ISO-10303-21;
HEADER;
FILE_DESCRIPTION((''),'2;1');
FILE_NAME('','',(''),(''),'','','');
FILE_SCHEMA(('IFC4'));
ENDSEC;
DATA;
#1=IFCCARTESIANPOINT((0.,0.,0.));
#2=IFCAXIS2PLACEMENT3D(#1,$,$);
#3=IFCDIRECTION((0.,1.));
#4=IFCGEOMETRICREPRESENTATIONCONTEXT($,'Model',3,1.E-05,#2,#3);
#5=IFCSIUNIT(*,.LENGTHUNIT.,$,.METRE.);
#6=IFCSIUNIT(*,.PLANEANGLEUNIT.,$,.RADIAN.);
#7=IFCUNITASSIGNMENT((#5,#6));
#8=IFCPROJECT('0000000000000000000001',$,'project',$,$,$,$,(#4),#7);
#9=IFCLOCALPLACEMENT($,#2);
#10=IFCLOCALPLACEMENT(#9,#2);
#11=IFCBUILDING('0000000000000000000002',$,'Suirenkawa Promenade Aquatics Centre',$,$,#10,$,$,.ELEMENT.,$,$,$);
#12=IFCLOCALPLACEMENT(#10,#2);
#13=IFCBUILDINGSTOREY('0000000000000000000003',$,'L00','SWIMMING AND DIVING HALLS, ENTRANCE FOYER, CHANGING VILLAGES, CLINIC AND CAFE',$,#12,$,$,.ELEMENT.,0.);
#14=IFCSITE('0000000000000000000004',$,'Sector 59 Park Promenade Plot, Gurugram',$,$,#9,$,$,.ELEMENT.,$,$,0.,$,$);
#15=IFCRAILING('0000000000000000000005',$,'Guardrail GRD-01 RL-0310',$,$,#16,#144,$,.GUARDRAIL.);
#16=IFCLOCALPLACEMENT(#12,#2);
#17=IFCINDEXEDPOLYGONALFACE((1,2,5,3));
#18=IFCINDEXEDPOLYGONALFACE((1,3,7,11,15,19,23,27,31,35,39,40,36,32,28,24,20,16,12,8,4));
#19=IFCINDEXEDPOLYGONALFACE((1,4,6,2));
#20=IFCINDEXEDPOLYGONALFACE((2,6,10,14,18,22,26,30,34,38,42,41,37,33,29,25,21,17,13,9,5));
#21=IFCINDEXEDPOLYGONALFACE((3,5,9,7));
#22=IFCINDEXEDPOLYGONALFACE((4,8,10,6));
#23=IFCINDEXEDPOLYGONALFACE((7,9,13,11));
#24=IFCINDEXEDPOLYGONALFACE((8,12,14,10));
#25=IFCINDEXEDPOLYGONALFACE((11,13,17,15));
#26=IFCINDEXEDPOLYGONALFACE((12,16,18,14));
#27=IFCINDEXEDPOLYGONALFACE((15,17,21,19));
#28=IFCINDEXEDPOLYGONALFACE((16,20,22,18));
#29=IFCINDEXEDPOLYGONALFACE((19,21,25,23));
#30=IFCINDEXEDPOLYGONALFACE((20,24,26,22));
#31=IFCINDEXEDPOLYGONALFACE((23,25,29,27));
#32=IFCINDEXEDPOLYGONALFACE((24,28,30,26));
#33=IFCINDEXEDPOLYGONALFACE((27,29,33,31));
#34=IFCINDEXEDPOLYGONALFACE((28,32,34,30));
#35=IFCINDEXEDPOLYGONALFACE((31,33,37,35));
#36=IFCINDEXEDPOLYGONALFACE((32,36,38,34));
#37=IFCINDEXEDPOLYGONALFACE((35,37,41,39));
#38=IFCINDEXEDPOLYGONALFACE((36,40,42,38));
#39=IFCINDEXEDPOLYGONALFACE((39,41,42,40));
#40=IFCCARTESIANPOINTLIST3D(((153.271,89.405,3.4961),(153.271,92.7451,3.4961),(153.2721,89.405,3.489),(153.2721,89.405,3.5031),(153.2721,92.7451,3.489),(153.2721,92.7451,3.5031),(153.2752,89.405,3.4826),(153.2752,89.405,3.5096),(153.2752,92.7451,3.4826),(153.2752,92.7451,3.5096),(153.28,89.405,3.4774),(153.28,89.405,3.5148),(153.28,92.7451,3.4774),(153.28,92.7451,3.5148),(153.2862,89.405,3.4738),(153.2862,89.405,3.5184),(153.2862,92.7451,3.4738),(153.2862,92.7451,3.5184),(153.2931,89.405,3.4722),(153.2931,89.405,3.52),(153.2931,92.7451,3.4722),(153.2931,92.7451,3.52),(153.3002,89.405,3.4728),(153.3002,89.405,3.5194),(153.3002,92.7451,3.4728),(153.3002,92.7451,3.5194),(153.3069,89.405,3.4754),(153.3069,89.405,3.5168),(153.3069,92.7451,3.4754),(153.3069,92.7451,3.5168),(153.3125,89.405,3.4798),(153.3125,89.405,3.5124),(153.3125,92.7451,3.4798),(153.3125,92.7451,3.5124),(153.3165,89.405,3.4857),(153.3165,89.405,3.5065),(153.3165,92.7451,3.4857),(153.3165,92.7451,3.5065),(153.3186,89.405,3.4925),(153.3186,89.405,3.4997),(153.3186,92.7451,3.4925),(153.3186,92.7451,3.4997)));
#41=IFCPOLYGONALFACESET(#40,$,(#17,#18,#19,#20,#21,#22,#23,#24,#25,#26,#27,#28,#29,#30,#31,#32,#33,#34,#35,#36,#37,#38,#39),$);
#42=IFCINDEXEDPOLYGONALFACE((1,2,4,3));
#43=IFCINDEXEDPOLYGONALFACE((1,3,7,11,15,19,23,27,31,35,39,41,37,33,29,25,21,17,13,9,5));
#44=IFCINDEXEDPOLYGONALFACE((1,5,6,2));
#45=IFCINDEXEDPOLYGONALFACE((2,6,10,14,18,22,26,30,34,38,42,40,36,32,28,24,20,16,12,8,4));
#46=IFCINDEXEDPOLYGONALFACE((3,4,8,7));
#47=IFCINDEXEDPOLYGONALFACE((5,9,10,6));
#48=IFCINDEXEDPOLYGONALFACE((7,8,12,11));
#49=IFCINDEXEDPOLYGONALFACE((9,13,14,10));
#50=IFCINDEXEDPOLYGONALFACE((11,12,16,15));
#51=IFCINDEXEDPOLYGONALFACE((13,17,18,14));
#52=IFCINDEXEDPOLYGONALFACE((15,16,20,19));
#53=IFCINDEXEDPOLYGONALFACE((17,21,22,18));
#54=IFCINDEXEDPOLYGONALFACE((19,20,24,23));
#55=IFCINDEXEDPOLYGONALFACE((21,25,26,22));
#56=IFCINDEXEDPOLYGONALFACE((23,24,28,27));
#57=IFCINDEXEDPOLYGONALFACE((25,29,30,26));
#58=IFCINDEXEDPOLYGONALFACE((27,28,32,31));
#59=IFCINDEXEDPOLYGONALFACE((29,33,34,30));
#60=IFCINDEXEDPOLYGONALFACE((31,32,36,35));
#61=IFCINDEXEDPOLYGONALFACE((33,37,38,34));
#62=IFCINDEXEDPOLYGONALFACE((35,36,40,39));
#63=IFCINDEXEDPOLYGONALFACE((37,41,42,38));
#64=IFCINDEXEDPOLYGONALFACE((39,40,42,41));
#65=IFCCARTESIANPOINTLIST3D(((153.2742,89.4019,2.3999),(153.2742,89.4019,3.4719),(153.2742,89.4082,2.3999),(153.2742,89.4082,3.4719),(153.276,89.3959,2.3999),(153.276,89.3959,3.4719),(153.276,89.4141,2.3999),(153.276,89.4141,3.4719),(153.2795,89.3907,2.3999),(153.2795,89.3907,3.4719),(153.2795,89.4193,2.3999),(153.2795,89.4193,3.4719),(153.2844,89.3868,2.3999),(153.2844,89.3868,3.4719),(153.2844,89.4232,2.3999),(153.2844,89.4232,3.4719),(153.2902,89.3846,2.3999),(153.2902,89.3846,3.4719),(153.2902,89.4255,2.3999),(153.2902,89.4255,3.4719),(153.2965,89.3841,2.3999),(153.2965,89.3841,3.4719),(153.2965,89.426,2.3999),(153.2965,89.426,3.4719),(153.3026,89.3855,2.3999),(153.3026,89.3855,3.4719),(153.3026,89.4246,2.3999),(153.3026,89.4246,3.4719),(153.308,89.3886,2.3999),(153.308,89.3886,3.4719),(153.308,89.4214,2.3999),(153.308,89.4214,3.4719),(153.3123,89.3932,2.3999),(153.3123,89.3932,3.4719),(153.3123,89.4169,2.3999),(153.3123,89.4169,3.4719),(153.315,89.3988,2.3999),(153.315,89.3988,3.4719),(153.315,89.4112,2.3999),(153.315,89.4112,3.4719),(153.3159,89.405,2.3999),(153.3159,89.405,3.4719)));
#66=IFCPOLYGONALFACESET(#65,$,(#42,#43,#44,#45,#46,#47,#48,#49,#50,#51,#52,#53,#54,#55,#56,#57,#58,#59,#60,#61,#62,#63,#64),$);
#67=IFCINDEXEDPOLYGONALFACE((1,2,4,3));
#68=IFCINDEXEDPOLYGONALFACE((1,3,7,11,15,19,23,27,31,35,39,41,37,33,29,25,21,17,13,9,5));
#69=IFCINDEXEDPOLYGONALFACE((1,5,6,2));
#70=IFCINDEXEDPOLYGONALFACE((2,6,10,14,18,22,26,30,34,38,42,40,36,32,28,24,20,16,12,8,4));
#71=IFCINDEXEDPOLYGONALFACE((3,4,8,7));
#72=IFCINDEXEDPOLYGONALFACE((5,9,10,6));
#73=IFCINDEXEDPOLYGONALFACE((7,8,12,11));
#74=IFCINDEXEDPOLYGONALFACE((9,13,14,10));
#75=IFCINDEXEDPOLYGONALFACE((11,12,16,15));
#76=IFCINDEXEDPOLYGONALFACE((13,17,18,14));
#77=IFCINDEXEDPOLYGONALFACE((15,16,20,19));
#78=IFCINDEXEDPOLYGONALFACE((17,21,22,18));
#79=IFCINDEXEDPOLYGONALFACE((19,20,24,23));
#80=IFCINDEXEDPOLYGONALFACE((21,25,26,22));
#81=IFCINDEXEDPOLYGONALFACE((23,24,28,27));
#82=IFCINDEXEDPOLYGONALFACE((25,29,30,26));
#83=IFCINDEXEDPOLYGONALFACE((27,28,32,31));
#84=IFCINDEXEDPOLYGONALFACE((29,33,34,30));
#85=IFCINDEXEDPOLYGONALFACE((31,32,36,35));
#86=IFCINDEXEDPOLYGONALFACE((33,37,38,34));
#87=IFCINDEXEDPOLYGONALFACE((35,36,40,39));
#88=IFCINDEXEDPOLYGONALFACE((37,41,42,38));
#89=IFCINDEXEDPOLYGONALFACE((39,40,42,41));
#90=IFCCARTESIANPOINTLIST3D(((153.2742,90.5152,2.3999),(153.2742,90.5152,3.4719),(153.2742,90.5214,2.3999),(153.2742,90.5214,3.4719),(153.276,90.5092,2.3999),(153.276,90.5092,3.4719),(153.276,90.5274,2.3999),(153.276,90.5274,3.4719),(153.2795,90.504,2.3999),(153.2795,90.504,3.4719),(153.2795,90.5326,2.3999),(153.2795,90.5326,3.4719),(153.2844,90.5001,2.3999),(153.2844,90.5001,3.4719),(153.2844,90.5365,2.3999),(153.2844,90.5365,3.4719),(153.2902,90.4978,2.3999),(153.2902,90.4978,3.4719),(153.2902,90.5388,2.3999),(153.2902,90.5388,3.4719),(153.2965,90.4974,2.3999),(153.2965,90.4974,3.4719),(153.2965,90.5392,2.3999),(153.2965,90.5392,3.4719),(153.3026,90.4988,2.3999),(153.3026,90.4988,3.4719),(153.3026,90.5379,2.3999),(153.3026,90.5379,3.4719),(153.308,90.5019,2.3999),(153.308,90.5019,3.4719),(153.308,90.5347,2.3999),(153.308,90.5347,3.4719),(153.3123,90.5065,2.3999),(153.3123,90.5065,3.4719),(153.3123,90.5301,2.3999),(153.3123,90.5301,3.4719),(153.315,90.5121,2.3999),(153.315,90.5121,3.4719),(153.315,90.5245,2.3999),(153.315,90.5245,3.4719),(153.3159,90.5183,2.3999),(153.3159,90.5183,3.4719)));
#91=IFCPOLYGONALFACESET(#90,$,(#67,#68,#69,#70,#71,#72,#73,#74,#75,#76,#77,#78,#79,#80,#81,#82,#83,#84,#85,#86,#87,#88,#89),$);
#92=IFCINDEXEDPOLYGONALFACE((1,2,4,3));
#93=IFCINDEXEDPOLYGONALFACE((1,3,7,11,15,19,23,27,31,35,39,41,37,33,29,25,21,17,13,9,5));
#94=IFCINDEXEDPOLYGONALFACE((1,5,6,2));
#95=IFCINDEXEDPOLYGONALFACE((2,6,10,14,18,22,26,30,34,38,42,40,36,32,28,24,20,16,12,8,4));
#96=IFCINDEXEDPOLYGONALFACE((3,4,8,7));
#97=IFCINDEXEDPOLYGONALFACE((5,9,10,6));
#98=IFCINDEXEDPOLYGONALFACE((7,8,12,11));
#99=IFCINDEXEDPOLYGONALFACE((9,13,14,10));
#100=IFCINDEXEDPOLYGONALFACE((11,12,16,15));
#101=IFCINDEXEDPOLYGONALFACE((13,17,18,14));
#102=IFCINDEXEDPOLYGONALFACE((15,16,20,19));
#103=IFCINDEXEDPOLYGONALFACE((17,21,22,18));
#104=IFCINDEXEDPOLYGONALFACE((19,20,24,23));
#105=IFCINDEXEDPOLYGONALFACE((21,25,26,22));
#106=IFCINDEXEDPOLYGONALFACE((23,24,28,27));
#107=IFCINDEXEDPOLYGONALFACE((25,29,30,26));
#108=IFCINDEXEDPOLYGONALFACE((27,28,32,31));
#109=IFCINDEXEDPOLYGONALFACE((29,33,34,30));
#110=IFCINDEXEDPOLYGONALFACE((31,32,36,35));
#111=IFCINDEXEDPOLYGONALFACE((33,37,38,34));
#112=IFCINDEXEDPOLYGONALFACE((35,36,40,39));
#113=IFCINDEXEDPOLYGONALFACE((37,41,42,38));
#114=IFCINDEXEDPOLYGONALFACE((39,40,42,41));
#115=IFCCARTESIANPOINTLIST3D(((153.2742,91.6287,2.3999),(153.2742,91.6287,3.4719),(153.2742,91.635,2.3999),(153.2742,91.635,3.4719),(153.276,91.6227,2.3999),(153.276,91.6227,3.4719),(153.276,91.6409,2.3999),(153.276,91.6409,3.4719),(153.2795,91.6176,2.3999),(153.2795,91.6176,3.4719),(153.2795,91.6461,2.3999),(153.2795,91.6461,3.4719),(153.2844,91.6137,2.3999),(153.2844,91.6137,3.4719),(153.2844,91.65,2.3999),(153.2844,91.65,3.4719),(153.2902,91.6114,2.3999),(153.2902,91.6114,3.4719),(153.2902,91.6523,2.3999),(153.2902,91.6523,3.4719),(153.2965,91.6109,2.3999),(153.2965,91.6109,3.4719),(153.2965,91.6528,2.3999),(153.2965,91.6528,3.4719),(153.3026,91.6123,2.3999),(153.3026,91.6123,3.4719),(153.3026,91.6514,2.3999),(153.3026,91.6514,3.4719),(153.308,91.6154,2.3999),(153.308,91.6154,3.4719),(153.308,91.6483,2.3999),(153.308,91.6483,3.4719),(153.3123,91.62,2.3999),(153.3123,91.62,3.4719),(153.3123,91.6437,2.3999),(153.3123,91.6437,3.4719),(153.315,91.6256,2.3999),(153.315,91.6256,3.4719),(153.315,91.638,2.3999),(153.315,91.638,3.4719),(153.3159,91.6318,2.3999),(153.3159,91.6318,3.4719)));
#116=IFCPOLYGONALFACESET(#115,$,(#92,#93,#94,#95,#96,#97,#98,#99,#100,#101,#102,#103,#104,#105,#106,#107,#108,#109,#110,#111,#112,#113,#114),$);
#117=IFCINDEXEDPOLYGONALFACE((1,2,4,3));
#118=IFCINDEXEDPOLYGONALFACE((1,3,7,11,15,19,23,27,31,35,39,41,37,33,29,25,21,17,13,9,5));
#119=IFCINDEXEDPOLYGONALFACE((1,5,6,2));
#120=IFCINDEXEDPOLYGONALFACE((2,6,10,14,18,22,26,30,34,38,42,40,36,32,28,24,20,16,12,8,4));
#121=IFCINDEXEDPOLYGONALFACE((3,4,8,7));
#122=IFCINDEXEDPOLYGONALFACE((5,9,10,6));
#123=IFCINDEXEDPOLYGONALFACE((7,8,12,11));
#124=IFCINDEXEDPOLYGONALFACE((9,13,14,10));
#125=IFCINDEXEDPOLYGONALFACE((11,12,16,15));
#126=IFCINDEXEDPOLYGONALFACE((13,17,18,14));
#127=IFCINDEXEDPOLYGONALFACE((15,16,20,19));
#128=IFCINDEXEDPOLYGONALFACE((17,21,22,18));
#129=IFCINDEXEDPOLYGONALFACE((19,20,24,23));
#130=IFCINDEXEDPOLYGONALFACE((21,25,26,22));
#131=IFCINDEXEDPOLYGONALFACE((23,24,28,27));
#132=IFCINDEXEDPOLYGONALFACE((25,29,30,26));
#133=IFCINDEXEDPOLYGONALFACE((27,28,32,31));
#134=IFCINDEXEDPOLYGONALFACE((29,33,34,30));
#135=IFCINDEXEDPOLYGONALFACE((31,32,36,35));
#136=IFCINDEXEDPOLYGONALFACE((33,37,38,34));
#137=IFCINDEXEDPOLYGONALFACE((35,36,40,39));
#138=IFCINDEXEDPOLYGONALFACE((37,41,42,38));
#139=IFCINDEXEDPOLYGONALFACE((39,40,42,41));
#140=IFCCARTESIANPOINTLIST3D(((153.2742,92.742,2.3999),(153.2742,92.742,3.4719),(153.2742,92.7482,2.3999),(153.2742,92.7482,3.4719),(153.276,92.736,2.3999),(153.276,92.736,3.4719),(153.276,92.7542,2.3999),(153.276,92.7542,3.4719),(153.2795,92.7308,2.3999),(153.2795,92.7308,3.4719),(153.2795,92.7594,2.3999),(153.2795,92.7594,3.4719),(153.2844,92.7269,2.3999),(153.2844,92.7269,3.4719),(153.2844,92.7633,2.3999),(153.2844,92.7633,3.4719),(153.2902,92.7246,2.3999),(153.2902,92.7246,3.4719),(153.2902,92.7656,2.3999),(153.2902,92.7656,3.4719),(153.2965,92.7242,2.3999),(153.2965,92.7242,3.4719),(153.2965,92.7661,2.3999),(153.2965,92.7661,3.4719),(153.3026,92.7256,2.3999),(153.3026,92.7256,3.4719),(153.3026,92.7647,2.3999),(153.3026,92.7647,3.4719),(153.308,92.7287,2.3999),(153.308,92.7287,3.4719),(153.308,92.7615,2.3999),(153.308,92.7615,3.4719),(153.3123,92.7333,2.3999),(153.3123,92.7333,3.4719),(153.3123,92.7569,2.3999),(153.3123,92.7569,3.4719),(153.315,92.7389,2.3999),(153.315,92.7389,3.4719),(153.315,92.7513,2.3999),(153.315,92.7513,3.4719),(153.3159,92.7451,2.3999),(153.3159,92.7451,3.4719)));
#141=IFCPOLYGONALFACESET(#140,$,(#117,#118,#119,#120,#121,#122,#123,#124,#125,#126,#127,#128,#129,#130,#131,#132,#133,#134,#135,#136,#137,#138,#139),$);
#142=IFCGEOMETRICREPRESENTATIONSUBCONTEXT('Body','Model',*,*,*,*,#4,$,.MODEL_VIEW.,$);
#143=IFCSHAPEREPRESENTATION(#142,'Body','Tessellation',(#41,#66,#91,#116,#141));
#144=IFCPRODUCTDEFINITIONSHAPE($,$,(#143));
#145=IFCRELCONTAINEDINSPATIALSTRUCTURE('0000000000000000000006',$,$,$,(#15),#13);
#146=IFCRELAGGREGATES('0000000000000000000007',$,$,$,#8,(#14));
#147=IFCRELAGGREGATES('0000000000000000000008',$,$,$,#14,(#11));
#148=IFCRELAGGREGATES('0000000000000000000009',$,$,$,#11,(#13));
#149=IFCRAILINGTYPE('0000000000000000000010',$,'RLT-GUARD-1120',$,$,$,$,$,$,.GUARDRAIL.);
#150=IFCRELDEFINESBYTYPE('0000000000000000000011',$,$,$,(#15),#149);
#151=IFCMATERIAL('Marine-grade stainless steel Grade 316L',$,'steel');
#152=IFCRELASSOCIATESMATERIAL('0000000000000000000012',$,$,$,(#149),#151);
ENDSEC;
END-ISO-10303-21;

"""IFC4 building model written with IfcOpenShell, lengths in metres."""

from ifc_helpers import new_model, si_unit, direction, frame, origin, origin_2d, place, context, subcontext, project, spatial, circle, extrude, material, type_object, element, save


model = new_model("IFC4")

# Units and contexts
model_context = context("Model", 3, precision=1e-05, world=origin(), true_north=direction((0.0, 1.0)))
body_context = subcontext(model_context, "Body", "Model", "MODEL_VIEW")
ifc_project = project(units=[si_unit("LENGTHUNIT", "METRE"), si_unit("PLANEANGLEUNIT", "RADIAN")], contexts=[model_context])

# Site, building, storey
site_placement = place(None, origin())
site = spatial("IfcSite", under=ifc_project, at=site_placement, Name="Sector 59 Park Promenade Plot, Gurugram", CompositionType="ELEMENT", RefElevation=0.0)
building_placement = place(site_placement, origin())
building = spatial("IfcBuilding", under=site, at=building_placement, Name="Suirenkawa Promenade Aquatics Centre", CompositionType="ELEMENT")
storey_placement = place(building_placement, origin())
storey = spatial("IfcBuildingStorey", under=building, at=storey_placement, Name="L00", Description="SWIMMING AND DIVING HALLS, ENTRANCE FOYER, CHANGING VILLAGES, CLINIC AND CAFE", CompositionType="ELEMENT", Elevation=0.0)

# Railing
ifc_material_1 = material(Name="Marine-grade stainless steel Grade 316L", Category="steel")
railing_type_1 = type_object("IfcRailingType", Name="RLT-GUARD-1120", PredefinedType="GUARDRAIL", material=ifc_material_1)
for number, where, name in (
    (1, (153.2949, 89.405, 2.3999), "Guardrail GRD-01 RL-0310"),
):
    element("IfcRailing", number, at=place(storey_placement, frame(where)), inside=storey, type_object=railing_type_1, Name=name, PredefinedType="GUARDRAIL", context=body_context, shape_type="SweptSolid", body=[
        extrude(circle(Radius=0.0239, at=origin_2d()), frame((0.0, 0.0, 1.0962), z_axis=(0.0, 1.0, 0.0), x_axis=(-1.0, 0.0, 0.0)), (0.0, 0.0, 1.0), 3.3401),
        extrude(circle(Radius=0.021, at=origin_2d()), origin(), (0.0, 0.0, 1.0), 1.072),
        extrude(circle(Radius=0.021, at=origin_2d()), frame((0.0, 1.1133, 0.0)), (0.0, 0.0, 1.0), 1.072),
        extrude(circle(Radius=0.021, at=origin_2d()), frame((0.0, 2.2268, 0.0)), (0.0, 0.0, 1.0), 1.072),
        extrude(circle(Radius=0.021, at=origin_2d()), frame((0.0, 3.3401, 0.0)), (0.0, 0.0, 1.0), 1.072),
    ])

save(model, "model.ifc")
